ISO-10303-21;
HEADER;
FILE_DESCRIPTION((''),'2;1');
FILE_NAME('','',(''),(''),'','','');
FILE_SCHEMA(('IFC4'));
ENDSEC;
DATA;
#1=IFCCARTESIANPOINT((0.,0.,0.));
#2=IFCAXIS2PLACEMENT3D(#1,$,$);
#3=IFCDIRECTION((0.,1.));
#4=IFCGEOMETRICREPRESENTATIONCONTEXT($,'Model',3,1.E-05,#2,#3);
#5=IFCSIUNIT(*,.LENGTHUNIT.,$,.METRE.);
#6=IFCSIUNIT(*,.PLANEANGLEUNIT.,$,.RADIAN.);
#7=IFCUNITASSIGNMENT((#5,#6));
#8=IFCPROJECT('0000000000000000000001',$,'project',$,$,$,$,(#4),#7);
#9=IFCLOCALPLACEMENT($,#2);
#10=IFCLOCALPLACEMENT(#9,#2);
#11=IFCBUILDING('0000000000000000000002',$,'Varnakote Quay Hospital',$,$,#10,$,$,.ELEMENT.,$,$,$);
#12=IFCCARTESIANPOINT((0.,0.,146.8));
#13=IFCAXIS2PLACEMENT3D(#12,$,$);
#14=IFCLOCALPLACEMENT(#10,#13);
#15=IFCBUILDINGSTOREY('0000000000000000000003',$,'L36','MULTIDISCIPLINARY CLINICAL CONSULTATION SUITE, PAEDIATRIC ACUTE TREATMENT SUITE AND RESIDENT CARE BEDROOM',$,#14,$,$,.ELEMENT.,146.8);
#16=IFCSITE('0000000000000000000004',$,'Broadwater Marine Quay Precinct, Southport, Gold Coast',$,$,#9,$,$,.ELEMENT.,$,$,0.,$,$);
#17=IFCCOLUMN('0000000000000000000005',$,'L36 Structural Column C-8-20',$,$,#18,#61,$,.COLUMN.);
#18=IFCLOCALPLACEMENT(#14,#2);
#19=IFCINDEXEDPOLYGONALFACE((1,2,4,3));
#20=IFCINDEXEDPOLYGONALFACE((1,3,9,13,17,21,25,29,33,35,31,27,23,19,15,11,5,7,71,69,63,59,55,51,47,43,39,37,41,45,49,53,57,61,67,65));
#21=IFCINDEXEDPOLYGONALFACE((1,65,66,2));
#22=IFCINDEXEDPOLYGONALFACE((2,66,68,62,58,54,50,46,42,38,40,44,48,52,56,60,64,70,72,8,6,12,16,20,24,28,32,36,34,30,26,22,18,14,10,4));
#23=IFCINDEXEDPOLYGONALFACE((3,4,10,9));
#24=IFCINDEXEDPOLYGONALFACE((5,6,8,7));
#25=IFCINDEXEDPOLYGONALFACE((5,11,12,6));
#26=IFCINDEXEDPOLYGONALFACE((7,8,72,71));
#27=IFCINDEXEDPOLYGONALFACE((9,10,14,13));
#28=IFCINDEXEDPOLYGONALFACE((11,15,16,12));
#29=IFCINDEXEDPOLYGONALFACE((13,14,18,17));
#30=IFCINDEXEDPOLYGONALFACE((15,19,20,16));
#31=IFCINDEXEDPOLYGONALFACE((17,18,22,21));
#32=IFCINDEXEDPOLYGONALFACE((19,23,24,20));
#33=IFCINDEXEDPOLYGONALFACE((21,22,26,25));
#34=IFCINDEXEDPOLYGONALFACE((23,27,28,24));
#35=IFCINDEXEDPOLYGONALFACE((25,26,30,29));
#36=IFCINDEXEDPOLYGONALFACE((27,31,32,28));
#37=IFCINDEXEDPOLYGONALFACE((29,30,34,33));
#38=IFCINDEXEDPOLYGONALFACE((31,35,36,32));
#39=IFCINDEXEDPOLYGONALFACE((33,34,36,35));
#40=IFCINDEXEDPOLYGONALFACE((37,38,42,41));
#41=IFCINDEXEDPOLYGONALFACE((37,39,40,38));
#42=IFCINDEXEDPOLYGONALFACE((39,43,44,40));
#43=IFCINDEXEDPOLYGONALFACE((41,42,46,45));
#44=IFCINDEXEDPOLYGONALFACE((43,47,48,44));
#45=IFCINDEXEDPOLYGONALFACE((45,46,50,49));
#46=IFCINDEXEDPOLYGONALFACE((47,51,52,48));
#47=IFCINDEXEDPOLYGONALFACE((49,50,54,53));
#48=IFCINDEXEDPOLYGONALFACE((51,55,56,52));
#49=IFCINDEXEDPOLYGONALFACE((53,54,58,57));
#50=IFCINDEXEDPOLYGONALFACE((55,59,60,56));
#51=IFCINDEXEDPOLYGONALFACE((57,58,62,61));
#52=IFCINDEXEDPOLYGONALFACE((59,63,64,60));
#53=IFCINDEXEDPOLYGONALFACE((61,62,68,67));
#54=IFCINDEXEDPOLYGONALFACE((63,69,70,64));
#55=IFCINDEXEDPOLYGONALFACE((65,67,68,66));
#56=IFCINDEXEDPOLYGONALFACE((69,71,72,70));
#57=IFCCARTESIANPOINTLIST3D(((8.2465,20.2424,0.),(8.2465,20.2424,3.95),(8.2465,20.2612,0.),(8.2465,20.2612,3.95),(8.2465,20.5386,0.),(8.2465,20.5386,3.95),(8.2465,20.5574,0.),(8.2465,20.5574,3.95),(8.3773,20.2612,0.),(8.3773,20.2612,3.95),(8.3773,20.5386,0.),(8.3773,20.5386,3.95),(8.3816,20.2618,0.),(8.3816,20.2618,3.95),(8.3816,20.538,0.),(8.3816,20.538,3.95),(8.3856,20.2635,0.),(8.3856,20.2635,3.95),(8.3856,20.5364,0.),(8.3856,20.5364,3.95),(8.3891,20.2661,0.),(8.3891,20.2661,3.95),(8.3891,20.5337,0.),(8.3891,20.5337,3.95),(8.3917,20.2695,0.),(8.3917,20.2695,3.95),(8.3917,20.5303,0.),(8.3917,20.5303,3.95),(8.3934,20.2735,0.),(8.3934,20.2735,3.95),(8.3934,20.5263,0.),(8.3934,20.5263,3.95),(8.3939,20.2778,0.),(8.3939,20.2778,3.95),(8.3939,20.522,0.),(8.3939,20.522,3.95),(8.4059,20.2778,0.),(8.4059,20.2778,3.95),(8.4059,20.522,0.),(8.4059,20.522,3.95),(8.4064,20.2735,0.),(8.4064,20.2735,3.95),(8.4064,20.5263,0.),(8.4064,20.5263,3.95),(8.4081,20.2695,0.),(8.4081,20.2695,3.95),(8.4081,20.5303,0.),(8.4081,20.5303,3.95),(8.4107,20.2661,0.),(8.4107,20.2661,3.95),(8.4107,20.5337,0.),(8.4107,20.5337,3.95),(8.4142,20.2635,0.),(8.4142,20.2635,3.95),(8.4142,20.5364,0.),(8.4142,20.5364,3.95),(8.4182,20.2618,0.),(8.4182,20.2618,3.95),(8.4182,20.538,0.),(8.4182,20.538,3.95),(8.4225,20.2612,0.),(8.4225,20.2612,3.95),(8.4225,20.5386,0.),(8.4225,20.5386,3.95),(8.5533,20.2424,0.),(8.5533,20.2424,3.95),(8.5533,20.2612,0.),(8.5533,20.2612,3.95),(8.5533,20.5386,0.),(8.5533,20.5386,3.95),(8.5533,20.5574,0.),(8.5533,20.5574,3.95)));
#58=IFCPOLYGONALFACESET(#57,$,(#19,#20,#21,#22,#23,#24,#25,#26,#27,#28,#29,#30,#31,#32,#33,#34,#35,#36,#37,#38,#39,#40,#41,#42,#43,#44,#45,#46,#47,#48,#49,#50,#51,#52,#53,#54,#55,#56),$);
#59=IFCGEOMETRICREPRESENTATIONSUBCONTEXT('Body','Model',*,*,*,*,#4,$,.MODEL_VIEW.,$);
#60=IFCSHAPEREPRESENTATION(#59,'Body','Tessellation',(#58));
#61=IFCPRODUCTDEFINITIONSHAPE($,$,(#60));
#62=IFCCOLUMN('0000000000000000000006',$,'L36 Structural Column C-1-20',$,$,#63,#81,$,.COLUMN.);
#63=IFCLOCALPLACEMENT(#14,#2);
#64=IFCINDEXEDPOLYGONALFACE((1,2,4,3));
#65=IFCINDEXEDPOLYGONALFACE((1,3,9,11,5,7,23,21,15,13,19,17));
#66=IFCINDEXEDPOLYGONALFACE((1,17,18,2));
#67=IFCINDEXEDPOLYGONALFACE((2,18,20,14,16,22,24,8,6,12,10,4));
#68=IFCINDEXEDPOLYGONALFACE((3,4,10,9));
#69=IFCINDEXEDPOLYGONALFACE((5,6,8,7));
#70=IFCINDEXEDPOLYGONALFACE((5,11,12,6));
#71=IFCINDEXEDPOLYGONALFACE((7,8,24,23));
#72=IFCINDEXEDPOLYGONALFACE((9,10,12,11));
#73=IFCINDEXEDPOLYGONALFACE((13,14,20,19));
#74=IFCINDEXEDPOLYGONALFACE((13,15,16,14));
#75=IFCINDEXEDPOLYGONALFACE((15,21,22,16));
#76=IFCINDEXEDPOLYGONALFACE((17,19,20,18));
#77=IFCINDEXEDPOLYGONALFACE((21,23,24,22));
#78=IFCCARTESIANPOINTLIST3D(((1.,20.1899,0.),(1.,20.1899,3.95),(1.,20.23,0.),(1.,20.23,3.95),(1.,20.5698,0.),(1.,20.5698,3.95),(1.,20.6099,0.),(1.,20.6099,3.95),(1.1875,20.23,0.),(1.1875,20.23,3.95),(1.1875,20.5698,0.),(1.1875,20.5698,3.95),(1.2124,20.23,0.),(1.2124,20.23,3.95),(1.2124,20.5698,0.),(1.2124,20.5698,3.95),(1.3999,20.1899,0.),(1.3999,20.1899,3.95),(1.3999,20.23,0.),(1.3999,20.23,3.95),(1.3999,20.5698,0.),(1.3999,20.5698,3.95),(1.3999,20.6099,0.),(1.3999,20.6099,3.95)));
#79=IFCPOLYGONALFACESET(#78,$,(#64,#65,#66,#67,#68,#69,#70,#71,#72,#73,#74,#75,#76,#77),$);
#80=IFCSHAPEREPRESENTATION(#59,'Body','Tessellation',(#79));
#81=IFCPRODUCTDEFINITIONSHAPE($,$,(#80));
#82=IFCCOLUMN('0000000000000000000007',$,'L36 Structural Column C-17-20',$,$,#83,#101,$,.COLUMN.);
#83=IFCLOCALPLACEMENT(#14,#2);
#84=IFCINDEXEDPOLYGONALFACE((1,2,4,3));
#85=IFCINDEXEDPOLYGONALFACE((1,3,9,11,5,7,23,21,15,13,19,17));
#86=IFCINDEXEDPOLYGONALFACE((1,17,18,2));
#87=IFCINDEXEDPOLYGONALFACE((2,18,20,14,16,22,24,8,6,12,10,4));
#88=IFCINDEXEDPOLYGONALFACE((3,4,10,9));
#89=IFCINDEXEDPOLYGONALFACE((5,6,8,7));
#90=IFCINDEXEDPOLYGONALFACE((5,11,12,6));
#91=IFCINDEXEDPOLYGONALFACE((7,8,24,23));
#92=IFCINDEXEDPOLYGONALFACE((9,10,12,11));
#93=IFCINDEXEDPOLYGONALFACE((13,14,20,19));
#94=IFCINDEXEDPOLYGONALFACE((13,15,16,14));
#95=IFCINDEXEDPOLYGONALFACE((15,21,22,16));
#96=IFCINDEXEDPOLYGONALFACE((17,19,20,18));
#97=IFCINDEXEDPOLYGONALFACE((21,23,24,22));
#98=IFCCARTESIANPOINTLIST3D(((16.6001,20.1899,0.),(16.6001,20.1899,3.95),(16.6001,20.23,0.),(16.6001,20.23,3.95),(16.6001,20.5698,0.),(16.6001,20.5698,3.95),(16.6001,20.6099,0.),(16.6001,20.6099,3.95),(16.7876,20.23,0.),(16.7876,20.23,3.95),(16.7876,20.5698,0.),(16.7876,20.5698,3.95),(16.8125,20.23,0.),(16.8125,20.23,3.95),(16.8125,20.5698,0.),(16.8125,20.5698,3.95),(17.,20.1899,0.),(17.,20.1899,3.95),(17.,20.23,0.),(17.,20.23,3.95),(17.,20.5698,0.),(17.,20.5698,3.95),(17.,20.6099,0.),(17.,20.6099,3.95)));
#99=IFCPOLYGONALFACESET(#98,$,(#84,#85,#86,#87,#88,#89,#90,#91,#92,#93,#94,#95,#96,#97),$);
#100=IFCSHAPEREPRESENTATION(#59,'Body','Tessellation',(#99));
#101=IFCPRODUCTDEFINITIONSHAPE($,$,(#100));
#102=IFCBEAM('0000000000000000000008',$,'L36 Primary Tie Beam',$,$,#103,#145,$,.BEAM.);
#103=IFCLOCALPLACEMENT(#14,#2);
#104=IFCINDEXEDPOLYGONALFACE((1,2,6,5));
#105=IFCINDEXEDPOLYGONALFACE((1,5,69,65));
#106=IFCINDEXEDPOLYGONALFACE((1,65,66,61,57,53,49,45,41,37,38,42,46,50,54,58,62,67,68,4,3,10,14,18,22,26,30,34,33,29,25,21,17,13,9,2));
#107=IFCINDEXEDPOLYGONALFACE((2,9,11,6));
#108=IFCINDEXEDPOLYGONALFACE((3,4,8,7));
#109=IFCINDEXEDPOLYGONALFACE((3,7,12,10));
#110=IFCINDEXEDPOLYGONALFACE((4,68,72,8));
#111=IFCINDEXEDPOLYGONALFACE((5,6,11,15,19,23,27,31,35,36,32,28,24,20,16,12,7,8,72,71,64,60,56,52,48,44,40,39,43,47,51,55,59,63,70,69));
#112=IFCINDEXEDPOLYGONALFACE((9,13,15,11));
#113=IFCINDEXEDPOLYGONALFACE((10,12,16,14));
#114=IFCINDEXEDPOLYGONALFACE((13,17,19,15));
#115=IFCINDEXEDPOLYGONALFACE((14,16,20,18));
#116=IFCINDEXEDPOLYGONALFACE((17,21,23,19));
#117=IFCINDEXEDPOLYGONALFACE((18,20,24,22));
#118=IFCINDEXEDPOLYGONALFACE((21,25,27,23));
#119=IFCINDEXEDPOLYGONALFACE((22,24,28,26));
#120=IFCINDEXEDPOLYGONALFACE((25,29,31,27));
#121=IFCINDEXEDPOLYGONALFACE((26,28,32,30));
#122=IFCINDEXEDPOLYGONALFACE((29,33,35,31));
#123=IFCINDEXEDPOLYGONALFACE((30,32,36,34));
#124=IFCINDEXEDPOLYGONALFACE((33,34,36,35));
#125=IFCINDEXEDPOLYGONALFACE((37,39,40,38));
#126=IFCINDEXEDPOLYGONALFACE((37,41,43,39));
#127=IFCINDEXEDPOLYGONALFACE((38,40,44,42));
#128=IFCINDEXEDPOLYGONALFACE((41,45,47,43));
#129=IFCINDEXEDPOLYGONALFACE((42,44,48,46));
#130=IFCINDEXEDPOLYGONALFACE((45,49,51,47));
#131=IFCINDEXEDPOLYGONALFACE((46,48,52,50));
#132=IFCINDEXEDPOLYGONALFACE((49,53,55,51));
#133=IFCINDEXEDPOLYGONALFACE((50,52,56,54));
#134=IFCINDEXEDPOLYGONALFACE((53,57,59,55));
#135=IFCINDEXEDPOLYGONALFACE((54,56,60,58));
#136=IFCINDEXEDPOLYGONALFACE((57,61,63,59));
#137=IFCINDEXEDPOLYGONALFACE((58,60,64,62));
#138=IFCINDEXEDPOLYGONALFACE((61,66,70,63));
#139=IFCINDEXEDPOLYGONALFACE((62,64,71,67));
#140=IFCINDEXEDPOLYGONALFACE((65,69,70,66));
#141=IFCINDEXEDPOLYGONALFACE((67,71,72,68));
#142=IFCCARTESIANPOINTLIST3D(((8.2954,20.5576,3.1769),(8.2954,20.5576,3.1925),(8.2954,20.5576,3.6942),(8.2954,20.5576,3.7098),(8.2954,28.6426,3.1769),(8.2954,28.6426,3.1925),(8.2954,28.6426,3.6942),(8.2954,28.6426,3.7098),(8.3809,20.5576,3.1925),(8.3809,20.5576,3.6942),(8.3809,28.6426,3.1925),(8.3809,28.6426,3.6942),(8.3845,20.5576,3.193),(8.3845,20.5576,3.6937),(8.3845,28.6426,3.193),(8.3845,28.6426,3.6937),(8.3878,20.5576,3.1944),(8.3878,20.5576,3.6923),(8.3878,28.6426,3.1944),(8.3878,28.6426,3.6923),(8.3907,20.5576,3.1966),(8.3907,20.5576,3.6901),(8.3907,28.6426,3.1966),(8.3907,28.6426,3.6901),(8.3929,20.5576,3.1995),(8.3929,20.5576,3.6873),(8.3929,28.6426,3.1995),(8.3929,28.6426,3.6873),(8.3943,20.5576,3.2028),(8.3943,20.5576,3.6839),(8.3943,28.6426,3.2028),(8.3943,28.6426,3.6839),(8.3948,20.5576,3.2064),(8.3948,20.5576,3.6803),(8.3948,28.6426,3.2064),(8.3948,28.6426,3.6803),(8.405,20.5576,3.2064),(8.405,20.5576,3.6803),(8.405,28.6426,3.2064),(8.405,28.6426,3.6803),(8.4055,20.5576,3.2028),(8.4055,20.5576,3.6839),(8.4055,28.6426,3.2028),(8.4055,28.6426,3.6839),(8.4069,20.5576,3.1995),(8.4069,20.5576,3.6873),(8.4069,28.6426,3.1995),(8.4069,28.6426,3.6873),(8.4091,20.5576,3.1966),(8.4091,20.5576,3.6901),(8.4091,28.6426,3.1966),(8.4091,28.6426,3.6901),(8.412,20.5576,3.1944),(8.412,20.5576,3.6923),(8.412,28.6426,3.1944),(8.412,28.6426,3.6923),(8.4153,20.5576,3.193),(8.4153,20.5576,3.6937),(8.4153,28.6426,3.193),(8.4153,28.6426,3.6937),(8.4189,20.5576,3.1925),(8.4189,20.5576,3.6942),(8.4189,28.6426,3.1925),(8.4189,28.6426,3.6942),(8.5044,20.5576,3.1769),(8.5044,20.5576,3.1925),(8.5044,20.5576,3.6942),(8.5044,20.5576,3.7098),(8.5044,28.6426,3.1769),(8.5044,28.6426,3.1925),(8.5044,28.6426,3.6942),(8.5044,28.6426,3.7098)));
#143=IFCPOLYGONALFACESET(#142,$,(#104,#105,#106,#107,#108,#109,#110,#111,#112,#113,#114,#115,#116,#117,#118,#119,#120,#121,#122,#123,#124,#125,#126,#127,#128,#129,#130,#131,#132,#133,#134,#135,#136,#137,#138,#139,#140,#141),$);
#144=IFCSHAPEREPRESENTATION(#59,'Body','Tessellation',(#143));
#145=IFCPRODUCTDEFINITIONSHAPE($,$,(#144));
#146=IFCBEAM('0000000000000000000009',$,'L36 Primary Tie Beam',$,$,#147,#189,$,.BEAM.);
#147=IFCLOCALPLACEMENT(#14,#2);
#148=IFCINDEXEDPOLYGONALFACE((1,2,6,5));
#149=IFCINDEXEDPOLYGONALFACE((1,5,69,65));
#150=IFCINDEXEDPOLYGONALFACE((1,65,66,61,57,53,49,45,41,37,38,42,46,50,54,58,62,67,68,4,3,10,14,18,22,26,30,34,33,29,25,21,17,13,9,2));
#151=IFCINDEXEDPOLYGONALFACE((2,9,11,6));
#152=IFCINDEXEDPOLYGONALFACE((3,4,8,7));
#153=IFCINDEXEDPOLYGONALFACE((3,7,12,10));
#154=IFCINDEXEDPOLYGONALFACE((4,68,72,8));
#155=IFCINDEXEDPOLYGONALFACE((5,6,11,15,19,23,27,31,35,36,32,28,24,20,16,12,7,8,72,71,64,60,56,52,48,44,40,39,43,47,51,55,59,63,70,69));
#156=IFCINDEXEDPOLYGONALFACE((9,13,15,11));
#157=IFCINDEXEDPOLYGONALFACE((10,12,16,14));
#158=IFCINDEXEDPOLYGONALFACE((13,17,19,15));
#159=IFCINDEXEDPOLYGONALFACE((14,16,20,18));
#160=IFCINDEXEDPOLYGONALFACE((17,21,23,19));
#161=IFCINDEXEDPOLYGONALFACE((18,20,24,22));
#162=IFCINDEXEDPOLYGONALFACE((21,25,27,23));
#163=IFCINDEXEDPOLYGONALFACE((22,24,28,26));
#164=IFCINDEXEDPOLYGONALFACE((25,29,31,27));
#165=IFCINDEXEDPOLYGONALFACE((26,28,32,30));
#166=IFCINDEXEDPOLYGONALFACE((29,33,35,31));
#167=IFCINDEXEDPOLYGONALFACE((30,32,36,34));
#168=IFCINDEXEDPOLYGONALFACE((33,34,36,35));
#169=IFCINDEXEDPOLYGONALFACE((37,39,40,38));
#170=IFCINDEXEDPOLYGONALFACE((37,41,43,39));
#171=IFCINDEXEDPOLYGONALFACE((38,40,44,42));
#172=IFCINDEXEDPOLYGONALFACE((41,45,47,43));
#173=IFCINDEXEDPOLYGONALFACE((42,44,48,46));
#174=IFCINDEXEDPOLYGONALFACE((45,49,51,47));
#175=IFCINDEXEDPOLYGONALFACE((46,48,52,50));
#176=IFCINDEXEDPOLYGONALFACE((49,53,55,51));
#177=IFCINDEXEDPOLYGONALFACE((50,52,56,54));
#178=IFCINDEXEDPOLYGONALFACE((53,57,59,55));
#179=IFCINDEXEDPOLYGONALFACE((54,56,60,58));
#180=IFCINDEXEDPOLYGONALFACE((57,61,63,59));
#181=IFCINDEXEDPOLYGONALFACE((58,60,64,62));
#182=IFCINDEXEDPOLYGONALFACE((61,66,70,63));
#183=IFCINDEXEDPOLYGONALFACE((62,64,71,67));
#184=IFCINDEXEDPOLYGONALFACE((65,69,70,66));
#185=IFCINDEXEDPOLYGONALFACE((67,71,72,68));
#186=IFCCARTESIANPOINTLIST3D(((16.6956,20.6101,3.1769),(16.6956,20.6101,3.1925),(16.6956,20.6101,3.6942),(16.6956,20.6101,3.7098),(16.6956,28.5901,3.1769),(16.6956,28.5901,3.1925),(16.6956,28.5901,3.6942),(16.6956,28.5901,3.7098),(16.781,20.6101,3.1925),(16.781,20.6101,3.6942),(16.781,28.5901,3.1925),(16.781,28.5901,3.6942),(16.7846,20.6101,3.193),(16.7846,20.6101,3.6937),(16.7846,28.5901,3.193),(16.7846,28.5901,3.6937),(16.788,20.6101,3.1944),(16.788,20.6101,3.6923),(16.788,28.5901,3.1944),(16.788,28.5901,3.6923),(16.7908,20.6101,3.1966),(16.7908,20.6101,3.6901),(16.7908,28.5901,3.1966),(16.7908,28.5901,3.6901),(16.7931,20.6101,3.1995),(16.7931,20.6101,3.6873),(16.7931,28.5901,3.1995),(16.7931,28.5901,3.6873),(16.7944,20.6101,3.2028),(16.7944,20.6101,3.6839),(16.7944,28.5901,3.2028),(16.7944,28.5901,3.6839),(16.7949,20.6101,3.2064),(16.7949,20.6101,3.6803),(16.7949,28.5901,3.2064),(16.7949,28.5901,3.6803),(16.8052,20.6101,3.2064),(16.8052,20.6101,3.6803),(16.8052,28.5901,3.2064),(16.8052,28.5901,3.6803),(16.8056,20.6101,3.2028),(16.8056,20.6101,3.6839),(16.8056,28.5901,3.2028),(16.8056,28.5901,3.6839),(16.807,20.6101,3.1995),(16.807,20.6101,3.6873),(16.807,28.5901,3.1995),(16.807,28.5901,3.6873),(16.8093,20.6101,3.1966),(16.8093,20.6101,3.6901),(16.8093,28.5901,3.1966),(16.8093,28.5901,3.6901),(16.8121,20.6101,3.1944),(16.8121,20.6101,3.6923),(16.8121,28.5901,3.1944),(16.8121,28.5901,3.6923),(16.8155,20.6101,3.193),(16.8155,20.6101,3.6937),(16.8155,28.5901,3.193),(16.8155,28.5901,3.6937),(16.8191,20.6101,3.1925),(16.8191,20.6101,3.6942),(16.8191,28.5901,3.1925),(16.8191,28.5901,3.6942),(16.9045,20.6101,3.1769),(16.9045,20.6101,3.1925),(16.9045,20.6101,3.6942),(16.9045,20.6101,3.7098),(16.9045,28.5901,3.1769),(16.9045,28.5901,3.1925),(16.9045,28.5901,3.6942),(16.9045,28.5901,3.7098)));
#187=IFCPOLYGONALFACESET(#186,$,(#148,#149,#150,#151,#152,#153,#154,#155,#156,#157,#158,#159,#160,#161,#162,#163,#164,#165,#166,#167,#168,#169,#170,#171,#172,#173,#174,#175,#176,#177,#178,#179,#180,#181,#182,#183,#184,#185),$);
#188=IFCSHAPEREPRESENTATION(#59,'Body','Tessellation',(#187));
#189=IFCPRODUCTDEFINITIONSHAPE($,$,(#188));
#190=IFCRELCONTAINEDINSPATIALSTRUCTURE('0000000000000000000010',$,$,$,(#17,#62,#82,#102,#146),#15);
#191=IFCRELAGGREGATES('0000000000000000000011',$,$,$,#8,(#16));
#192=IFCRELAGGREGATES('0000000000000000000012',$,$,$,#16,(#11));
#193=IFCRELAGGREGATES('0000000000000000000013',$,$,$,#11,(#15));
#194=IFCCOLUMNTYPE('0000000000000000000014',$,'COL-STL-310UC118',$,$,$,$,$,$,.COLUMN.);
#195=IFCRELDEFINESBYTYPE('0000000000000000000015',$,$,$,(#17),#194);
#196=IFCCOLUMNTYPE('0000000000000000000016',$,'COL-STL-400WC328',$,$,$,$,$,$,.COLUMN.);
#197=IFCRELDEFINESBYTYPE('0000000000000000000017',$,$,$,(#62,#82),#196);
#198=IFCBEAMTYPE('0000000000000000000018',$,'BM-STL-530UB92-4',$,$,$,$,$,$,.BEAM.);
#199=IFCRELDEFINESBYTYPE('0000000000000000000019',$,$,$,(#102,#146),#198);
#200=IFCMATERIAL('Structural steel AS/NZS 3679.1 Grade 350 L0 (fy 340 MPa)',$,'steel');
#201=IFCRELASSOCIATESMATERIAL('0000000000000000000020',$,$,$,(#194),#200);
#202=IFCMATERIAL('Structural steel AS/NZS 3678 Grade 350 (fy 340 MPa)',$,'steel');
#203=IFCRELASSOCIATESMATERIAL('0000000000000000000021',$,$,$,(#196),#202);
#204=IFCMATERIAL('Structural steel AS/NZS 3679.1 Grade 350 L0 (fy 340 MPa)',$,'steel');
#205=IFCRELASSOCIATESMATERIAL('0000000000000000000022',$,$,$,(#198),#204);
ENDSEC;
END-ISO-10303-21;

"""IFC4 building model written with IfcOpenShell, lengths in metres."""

from ifc_helpers import new_model, si_unit, direction, frame, origin, origin_2d, place, context, subcontext, project, spatial, i_section, extrude, material, material_profile, profile_set, type_object, element, save


model = new_model("IFC4")

# Units and contexts
model_context = context("Model", 3, precision=1e-05, world=origin(), true_north=direction((0.0, 1.0)))
body_context = subcontext(model_context, "Body", "Model", "MODEL_VIEW")
ifc_project = project(units=[si_unit("LENGTHUNIT", "METRE"), si_unit("PLANEANGLEUNIT", "RADIAN")], contexts=[model_context])

# Site, building, storey
site_placement = place(None, origin())
site = spatial("IfcSite", under=ifc_project, at=site_placement, Name="Broadwater Marine Quay Precinct, Southport, Gold Coast", CompositionType="ELEMENT", RefElevation=0.0)
building_placement = place(site_placement, origin())
building = spatial("IfcBuilding", under=site, at=building_placement, Name="Varnakote Quay Hospital", CompositionType="ELEMENT")
storey_placement = place(building_placement, frame((0.0, 0.0, 146.8)))
storey = spatial("IfcBuildingStorey", under=building, at=storey_placement, Name="L36", Description="MULTIDISCIPLINARY CLINICAL CONSULTATION SUITE, PAEDIATRIC ACUTE TREATMENT SUITE AND RESIDENT CARE BEDROOM", CompositionType="ELEMENT", Elevation=146.8)

# Columns
ifc_material_1 = material(Name="Structural steel AS/NZS 3679.1 Grade 350 L0 (fy 340 MPa)", Category="steel")
ifc_material_profile_1 = material_profile(ifc_material_1, i_section(OverallWidth=0.3069, OverallDepth=0.3149, WebThickness=0.012, FlangeThickness=0.0188, FilletRadius=0.0166, at=origin_2d()), Name="310UC118")
ifc_profile_set_1 = profile_set([ifc_material_profile_1], Name="Structural steel AS/NZS 3679.1 Grade 350 L0 (fy 340 MPa)")
column_type_1 = type_object("IfcColumnType", Name="COL-STL-310UC118", PredefinedType="COLUMN", material=ifc_profile_set_1)
column_placement = place(storey_placement, frame((8.3999, 20.3999, 0.0), z_axis=(0.0, 0.0, 1.0), x_axis=(1.0, 0.0, 0.0)))
element("IfcColumn", 1, at=column_placement, inside=storey, type_object=column_type_1, Name="L36 Structural Column C-8-20", PredefinedType="COLUMN", context=body_context, shape_type="SweptSolid", body=[
    extrude(i_section(OverallWidth=0.3069, OverallDepth=0.3149, WebThickness=0.012, FlangeThickness=0.0188, FilletRadius=0.0166, at=origin_2d()), origin(), (0.0, 0.0, 1.0), 3.95),
])
ifc_material_2 = material(Name="Structural steel AS/NZS 3678 Grade 350 (fy 340 MPa)", Category="steel")
ifc_material_profile_2 = material_profile(ifc_material_2, i_section(OverallWidth=0.3999, OverallDepth=0.4199, WebThickness=0.0249, FlangeThickness=0.04, at=origin_2d()), Name="400WC328")
ifc_profile_set_2 = profile_set([ifc_material_profile_2], Name="Structural steel AS/NZS 3678 Grade 350 (fy 340 MPa)")
column_type_2 = type_object("IfcColumnType", Name="COL-STL-400WC328", PredefinedType="COLUMN", material=ifc_profile_set_2)
for number, where, z_axis, x_axis, name in (
    (2, (1.2, 20.3999, 0.0), (0.0, 0.0, 1.0), (1.0, 0.0, 0.0), "L36 Structural Column C-1-20"),
    (3, (16.8, 20.3999, 0.0), (0.0, 0.0, 1.0), (1.0, 0.0, 0.0), "L36 Structural Column C-17-20"),
):
    element("IfcColumn", number, at=place(storey_placement, frame(where, z_axis=z_axis, x_axis=x_axis)), inside=storey, type_object=column_type_2, Name=name, PredefinedType="COLUMN", context=body_context, shape_type="SweptSolid", body=[
        extrude(i_section(OverallWidth=0.3999, OverallDepth=0.4199, WebThickness=0.0249, FlangeThickness=0.04, at=origin_2d()), origin(), (0.0, 0.0, 1.0), 3.95),
    ])

# Beams
ifc_material_3 = material(Name="Structural steel AS/NZS 3679.1 Grade 350 L0 (fy 340 MPa)", Category="steel")
ifc_material_profile_3 = material_profile(ifc_material_3, i_section(OverallWidth=0.209, OverallDepth=0.533, WebThickness=0.0103, FlangeThickness=0.0156, FilletRadius=0.0139, at=origin_2d()), Name="530UB92.4")
ifc_profile_set_3 = profile_set([ifc_material_profile_3], Name="Structural steel AS/NZS 3679.1 Grade 350 L0 (fy 340 MPa)")
beam_type_1 = type_object("IfcBeamType", Name="BM-STL-530UB92-4", PredefinedType="BEAM", material=ifc_profile_set_3)
beam_1_placement = place(storey_placement, frame((8.3999, 20.5576, 3.4434), z_axis=(0.0, 1.0, 0.0), x_axis=(-1.0, 0.0, 0.0)))
element("IfcBeam", 4, at=beam_1_placement, inside=storey, type_object=beam_type_1, Name="L36 Primary Tie Beam", PredefinedType="BEAM", context=body_context, shape_type="SweptSolid", body=[
    extrude(i_section(OverallWidth=0.209, OverallDepth=0.533, WebThickness=0.0103, FlangeThickness=0.0156, FilletRadius=0.0139, at=origin_2d()), origin(), (0.0, 0.0, 1.0), 8.085),
])
beam_2_placement = place(storey_placement, frame((16.8, 20.6101, 3.4434), z_axis=(0.0, 1.0, 0.0), x_axis=(-1.0, 0.0, 0.0)))
element("IfcBeam", 5, at=beam_2_placement, inside=storey, type_object=beam_type_1, Name="L36 Primary Tie Beam", PredefinedType="BEAM", context=body_context, shape_type="SweptSolid", body=[
    extrude(i_section(OverallWidth=0.209, OverallDepth=0.533, WebThickness=0.0103, FlangeThickness=0.0156, FilletRadius=0.0139, at=origin_2d()), origin(), (0.0, 0.0, 1.0), 7.98),
])

save(model, "model.ifc")
